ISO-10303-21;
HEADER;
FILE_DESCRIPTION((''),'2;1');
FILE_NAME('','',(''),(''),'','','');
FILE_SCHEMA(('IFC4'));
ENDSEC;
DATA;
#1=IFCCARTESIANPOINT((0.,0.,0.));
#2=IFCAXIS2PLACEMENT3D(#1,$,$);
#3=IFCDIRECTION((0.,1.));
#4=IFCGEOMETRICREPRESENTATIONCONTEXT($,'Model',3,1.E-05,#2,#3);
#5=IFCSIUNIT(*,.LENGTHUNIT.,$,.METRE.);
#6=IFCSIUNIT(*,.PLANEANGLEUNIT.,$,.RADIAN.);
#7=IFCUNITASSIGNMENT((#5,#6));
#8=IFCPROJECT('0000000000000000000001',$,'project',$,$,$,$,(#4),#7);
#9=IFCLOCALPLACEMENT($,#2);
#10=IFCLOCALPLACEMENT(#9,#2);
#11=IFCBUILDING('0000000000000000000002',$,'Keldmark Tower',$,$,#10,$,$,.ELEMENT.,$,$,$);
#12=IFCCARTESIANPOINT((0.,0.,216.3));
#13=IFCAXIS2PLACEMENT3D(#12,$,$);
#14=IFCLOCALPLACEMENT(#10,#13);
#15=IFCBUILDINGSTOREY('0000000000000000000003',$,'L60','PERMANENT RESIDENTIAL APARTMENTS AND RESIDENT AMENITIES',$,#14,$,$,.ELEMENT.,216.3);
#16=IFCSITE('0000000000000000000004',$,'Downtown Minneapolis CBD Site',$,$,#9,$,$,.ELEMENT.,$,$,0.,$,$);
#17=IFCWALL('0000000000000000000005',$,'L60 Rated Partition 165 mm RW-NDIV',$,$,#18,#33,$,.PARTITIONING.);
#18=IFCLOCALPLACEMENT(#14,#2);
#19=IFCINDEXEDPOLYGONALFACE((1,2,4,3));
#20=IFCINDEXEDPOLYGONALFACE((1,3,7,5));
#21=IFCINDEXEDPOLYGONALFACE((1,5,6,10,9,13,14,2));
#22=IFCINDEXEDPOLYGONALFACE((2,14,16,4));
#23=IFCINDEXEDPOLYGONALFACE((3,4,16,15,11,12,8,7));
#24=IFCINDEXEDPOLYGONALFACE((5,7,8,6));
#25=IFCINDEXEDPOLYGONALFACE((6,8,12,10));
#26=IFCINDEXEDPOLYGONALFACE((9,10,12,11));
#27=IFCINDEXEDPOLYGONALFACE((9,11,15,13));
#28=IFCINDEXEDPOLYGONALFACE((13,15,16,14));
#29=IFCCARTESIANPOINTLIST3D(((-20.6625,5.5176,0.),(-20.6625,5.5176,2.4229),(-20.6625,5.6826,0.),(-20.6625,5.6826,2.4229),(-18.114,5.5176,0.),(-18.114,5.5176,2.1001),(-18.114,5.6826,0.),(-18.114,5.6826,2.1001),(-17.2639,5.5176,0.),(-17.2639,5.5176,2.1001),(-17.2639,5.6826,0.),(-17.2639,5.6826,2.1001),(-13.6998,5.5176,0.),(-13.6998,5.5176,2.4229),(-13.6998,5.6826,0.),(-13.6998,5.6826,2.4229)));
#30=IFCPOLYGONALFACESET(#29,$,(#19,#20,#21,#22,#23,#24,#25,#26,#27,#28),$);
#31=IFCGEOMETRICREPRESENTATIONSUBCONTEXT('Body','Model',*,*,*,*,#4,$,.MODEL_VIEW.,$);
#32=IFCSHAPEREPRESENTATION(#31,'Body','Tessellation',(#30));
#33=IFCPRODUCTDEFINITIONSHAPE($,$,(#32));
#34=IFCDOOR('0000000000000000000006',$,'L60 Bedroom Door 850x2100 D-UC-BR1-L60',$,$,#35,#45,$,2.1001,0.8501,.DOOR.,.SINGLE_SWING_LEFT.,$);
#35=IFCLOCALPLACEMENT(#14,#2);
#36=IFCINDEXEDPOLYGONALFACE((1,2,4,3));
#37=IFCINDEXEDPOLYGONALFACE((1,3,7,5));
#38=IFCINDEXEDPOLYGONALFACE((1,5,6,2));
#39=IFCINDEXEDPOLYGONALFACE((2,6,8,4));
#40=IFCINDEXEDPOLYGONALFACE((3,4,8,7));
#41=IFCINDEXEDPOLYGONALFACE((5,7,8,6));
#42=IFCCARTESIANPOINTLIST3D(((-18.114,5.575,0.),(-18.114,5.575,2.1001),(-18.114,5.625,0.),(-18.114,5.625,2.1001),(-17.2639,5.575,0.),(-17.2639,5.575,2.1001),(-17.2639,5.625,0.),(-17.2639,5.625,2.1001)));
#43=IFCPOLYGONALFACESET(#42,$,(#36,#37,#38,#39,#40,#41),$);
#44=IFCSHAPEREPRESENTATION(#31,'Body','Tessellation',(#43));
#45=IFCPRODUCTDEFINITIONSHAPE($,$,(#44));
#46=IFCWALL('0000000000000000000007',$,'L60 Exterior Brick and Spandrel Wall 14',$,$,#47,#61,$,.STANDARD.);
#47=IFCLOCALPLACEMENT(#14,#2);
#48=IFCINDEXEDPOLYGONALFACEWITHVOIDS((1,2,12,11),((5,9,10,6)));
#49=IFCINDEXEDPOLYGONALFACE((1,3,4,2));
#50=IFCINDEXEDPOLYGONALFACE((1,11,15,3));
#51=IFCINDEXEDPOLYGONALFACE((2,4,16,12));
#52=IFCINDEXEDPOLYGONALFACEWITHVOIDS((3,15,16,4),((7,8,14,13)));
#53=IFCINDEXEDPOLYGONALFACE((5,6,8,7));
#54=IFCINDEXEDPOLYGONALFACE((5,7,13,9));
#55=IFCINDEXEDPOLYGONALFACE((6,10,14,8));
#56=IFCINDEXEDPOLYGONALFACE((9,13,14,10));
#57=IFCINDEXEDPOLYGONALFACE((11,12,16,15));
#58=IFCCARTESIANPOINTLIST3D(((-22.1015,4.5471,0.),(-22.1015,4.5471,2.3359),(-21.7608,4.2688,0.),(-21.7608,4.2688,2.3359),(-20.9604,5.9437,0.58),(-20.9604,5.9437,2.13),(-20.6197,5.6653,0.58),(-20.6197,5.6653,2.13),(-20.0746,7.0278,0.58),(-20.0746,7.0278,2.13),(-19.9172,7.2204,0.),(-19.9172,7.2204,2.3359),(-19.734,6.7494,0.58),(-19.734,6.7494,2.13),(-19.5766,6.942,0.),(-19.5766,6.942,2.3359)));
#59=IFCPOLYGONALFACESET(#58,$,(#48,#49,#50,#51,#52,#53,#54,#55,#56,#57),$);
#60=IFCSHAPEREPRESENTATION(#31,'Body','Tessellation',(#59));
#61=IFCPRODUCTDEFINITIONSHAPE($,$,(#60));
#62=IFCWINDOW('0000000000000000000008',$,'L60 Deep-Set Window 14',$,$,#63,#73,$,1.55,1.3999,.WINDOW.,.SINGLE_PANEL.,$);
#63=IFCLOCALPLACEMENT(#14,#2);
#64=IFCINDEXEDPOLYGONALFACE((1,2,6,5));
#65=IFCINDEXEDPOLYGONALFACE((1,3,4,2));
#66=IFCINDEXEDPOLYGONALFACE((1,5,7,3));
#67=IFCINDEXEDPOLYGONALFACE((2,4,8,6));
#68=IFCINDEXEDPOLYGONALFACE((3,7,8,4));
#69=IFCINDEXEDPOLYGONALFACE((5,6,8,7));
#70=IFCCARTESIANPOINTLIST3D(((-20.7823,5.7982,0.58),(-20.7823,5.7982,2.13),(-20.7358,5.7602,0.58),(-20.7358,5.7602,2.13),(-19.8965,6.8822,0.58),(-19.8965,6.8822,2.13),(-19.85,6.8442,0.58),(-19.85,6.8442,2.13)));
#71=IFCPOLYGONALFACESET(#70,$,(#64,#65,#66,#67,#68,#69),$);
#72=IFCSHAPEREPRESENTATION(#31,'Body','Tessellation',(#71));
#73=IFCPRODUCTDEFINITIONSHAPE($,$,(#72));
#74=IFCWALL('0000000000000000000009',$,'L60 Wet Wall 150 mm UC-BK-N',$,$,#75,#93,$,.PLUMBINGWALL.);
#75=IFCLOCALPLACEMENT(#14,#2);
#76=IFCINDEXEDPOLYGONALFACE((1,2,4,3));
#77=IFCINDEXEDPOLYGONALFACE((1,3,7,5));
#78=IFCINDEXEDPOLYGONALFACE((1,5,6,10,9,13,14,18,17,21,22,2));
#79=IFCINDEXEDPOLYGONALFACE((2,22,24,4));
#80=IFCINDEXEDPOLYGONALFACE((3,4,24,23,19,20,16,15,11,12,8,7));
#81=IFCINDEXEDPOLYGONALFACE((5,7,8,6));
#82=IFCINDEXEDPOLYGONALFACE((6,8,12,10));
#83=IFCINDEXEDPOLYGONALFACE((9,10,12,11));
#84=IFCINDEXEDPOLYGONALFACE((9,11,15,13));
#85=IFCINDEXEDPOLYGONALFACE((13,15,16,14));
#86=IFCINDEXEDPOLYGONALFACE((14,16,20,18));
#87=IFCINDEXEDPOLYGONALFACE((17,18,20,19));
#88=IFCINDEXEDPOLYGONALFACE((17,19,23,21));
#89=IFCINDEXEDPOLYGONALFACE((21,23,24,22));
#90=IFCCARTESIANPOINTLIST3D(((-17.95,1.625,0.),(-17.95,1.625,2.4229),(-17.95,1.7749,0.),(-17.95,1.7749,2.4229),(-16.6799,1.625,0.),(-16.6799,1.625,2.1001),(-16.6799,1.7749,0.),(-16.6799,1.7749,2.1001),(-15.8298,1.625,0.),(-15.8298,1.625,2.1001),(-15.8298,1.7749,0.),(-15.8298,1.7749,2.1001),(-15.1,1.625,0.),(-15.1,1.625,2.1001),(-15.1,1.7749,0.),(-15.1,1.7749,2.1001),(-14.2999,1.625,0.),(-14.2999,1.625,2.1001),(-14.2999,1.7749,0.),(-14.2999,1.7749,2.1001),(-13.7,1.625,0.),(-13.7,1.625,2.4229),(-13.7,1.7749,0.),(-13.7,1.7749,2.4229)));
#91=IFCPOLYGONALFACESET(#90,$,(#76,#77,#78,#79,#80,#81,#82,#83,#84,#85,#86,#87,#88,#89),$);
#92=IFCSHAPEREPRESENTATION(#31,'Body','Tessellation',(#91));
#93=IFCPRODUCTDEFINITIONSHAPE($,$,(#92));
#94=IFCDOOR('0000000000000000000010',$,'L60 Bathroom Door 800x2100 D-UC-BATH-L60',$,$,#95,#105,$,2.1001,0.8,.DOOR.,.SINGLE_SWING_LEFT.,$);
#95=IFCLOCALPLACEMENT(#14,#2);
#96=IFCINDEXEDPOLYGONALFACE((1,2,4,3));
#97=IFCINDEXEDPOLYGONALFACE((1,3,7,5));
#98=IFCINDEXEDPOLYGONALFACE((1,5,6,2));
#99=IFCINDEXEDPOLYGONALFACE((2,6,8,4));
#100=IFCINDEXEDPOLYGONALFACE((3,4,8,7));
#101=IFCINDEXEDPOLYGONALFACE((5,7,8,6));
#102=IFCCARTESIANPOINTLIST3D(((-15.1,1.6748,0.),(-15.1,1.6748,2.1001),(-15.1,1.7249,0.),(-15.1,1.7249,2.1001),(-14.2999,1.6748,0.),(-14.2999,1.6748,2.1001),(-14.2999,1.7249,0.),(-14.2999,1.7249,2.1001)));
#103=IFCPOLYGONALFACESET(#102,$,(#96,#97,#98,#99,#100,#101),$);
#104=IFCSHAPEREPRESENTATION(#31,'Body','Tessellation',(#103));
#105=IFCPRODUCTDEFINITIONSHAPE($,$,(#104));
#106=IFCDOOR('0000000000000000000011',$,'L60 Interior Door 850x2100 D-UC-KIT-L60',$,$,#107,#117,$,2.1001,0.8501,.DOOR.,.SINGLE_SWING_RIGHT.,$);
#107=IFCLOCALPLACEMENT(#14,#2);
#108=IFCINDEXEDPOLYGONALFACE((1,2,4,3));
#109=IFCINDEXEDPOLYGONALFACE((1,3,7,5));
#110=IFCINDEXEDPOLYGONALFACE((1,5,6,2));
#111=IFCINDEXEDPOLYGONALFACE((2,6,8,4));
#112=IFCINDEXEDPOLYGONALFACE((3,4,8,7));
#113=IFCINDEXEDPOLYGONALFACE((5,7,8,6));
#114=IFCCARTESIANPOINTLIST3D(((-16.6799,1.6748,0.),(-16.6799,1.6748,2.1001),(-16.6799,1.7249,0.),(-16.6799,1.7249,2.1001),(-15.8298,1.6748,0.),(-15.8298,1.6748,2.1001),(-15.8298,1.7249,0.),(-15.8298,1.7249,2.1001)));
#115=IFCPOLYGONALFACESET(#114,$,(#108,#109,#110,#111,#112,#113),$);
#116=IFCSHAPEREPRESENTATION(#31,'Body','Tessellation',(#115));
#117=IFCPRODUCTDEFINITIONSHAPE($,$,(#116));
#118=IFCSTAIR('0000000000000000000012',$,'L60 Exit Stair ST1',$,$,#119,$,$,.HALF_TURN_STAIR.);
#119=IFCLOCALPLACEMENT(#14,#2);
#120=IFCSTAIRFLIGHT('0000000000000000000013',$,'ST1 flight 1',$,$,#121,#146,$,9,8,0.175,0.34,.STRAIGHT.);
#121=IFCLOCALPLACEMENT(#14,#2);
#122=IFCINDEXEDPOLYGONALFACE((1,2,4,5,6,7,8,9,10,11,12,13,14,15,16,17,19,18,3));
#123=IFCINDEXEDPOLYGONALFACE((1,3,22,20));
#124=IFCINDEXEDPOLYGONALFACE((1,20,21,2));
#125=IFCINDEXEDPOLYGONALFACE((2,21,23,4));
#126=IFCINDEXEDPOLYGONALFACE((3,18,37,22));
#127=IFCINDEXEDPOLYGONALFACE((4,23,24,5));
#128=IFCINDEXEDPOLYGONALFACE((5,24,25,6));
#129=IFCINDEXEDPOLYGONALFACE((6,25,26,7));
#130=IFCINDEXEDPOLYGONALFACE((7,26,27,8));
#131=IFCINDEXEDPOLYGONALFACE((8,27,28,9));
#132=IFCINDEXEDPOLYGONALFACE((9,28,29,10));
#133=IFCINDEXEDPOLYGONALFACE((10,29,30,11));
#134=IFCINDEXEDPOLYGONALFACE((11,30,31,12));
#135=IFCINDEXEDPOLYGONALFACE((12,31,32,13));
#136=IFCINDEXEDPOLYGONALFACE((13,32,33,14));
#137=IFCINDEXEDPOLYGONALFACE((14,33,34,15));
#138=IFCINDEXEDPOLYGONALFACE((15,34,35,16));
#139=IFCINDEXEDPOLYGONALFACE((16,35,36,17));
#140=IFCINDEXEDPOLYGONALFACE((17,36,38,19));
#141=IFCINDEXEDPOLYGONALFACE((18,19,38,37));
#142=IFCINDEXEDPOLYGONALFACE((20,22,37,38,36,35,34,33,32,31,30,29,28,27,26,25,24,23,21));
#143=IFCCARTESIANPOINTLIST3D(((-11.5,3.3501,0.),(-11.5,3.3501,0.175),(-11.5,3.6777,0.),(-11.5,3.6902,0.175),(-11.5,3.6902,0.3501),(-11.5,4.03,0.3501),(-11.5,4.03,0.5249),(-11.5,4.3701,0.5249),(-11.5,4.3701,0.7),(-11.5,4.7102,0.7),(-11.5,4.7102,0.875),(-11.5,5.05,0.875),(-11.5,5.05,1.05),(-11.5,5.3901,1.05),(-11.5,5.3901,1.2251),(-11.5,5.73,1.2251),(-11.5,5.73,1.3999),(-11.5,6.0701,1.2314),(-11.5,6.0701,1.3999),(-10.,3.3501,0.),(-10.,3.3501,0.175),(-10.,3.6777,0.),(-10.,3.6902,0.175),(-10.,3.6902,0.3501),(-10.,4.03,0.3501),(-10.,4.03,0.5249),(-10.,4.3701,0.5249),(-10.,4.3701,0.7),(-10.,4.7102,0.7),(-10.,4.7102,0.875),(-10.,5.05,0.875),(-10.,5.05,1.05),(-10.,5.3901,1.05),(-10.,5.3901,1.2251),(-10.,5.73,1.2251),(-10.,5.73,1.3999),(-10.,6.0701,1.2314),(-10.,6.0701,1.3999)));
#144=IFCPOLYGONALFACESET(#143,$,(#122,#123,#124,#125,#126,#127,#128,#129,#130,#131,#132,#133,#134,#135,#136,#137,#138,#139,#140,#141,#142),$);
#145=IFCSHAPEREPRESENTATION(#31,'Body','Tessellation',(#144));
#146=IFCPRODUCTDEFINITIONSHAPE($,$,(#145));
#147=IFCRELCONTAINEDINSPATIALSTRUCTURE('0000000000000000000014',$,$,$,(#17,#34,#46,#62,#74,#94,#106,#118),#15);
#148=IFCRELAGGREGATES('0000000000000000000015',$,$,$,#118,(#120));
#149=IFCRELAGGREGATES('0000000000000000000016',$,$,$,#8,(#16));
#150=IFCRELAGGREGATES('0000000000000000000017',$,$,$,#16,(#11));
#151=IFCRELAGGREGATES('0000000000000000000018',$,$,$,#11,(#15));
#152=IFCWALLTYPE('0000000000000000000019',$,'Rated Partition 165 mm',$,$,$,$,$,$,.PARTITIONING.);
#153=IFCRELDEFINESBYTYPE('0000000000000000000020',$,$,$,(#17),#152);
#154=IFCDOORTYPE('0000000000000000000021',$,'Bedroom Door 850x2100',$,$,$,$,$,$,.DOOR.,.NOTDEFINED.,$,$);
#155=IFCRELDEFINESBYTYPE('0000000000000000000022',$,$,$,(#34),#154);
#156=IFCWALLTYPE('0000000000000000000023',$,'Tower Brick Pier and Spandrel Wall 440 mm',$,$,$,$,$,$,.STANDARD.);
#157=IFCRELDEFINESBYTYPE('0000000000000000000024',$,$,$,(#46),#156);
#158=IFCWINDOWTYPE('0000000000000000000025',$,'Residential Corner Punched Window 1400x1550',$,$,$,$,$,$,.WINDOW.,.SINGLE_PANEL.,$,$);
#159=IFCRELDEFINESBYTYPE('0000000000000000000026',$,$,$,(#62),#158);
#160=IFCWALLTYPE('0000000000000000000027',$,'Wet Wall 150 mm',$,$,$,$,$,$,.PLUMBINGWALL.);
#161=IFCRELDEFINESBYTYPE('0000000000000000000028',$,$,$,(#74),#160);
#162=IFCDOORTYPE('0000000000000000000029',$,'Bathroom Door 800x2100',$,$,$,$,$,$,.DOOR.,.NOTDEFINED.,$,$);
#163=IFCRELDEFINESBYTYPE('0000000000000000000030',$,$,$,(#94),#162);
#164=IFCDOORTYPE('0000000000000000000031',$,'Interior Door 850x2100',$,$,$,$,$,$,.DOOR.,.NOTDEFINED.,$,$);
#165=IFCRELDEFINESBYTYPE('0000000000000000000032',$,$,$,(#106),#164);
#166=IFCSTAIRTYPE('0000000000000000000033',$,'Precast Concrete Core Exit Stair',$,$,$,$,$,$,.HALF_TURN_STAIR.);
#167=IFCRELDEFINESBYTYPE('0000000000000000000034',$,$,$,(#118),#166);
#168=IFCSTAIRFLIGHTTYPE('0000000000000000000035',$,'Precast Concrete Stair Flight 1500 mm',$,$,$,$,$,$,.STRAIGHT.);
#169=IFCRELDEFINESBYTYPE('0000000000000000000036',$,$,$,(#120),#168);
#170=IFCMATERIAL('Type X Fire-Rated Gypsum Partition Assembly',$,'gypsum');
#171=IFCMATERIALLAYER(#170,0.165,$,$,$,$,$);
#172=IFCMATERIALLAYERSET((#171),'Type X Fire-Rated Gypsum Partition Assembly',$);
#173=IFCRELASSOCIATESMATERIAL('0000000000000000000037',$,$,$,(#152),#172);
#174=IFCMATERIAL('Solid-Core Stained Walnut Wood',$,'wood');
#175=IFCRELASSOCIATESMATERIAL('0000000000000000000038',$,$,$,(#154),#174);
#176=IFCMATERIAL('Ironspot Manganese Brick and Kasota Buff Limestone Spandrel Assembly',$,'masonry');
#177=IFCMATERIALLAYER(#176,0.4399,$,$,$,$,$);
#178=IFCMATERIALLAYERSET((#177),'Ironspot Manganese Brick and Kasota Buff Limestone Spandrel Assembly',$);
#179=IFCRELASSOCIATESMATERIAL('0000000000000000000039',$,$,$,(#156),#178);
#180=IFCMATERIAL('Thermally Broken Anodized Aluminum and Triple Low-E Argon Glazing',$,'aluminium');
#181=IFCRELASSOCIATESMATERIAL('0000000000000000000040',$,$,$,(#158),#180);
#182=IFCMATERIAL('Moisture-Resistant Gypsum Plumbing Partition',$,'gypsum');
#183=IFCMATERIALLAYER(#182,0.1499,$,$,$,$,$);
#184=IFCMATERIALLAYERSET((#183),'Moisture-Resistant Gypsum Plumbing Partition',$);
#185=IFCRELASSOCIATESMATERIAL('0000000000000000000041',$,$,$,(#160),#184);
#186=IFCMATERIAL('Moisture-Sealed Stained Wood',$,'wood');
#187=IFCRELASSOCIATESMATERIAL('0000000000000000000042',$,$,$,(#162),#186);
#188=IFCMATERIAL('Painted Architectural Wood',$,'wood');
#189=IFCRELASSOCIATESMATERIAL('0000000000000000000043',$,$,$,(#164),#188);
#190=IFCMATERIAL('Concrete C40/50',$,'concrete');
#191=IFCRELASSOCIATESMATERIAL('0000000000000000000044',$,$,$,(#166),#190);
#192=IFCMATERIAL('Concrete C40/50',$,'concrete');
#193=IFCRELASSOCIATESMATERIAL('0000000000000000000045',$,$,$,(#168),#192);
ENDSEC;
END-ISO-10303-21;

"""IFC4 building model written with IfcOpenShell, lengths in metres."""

from ifc_helpers import new_model, si_unit, direction, frame, frame_2d, origin, place, context, subcontext, project, spatial, polyline, rectangle, outline, extrude, material, layer, layer_set, type_object, element, fill, aggregate, save


model = new_model("IFC4")

# Units and contexts
model_context = context("Model", 3, precision=1e-05, world=origin(), true_north=direction((0.0, 1.0)))
body_context = subcontext(model_context, "Body", "Model", "MODEL_VIEW")
ifc_project = project(units=[si_unit("LENGTHUNIT", "METRE"), si_unit("PLANEANGLEUNIT", "RADIAN")], contexts=[model_context])

# Site, building, storey
site_placement = place(None, origin())
site = spatial("IfcSite", under=ifc_project, at=site_placement, Name="Downtown Minneapolis CBD Site", CompositionType="ELEMENT", RefElevation=0.0)
building_placement = place(site_placement, origin())
building = spatial("IfcBuilding", under=site, at=building_placement, Name="Keldmark Tower", CompositionType="ELEMENT")
storey_placement = place(building_placement, frame((0.0, 0.0, 216.3)))
storey = spatial("IfcBuildingStorey", under=building, at=storey_placement, Name="L60", Description="PERMANENT RESIDENTIAL APARTMENTS AND RESIDENT AMENITIES", CompositionType="ELEMENT", Elevation=216.3)

# Wall, opening, door
ifc_material_1 = material(Name="Type X Fire-Rated Gypsum Partition Assembly", Category="gypsum")
ifc_layer_1 = layer(ifc_material_1, 0.165)
ifc_layer_set_1 = layer_set([ifc_layer_1], Name="Type X Fire-Rated Gypsum Partition Assembly")
wall_type_1 = type_object("IfcWallType", Name="Rated Partition 165 mm", PredefinedType="PARTITIONING", material=ifc_layer_set_1)
wall_1_placement = place(storey_placement, frame((-20.6626, 5.6001, 0.0), z_axis=(0.0, 0.0, 1.0), x_axis=(1.0, 0.0, 0.0)))
wall_1 = element("IfcWall", 1, at=wall_1_placement, inside=storey, type_object=wall_type_1, Name="L60 Rated Partition 165 mm RW-NDIV", PredefinedType="PARTITIONING", context=body_context, shape_type="SweptSolid", body=[
    extrude(rectangle(XDim=6.9626, YDim=0.165, at=frame_2d((3.4814, 0.0))), origin(), (0.0, 0.0, 1.0), 2.4229),
])
opening_1_placement = place(wall_1_placement, frame((2.5486, 0.0, 0.0)))
opening_1 = element("IfcOpeningElement", 2, at=opening_1_placement, cuts=wall_1, PredefinedType="OPENING", context=body_context, shape_type="SweptSolid", body=[
    extrude(rectangle(XDim=0.8501, YDim=2.1001, at=frame_2d((0.425, 1.05))), frame((0.0, 0.0925, 0.0), z_axis=(0.0, -1.0, 0.0), x_axis=(1.0, 0.0, 0.0)), (0.0, 0.0, 1.0), 0.1851),
])
ifc_material_2 = material(Name="Solid-Core Stained Walnut Wood", Category="wood")
door_type_1 = type_object("IfcDoorType", Name="Bedroom Door 850x2100", OperationType="NOTDEFINED", PredefinedType="DOOR", material=ifc_material_2)
door_1_placement = place(opening_1_placement, origin())
door_1 = element("IfcDoor", 3, at=door_1_placement, inside=storey, type_object=door_type_1, Name="L60 Bedroom Door 850x2100 D-UC-BR1-L60", OperationType="SINGLE_SWING_LEFT", OverallHeight=2.1001, OverallWidth=0.8501, PredefinedType="DOOR", context=body_context, shape_type="SweptSolid", body=[
    extrude(rectangle(XDim=0.8501, YDim=2.1001, at=frame_2d((0.425, 1.05))), frame((0.0, 0.0249, 0.0), z_axis=(0.0, -1.0, 0.0), x_axis=(1.0, 0.0, 0.0)), (0.0, 0.0, 1.0), 0.05),
])
fill(opening_1, door_1)

# Wall, opening, window
ifc_material_3 = material(Name="Ironspot Manganese Brick and Kasota Buff Limestone Spandrel Assembly", Category="masonry")
ifc_layer_2 = layer(ifc_material_3, 0.4399)
ifc_layer_set_2 = layer_set([ifc_layer_2], Name="Ironspot Manganese Brick and Kasota Buff Limestone Spandrel Assembly")
wall_type_2 = type_object("IfcWallType", Name="Tower Brick Pier and Spandrel Wall 440 mm", PredefinedType="STANDARD", material=ifc_layer_set_2)
wall_2_placement = place(storey_placement, frame((-21.9312, 4.408, 0.0), z_axis=(0.0, 0.0, 1.0), x_axis=(0.632725, 0.774376, 0.0)))
wall_2 = element("IfcWall", 4, at=wall_2_placement, inside=storey, type_object=wall_type_2, Name="L60 Exterior Brick and Spandrel Wall 14", PredefinedType="STANDARD", context=body_context, shape_type="SweptSolid", body=[
    extrude(rectangle(XDim=3.4521, YDim=0.4399, at=frame_2d((1.7261, 0.0))), origin(), (0.0, 0.0, 1.0), 2.3359),
])
opening_2_placement = place(wall_2_placement, frame((1.8035, 0.0, 0.5801)))
opening_2 = element("IfcOpeningElement", 5, at=opening_2_placement, cuts=wall_2, PredefinedType="OPENING", context=body_context, shape_type="SweptSolid", body=[
    extrude(rectangle(XDim=1.3999, YDim=1.55, at=frame_2d((0.7, 0.7749))), frame((0.0, 0.23, 0.0), z_axis=(0.0, -1.0, 0.0), x_axis=(1.0, 0.0, 0.0)), (0.0, 0.0, 1.0), 0.46),
])
ifc_material_4 = material(Name="Thermally Broken Anodized Aluminum and Triple Low-E Argon Glazing", Category="aluminium")
window_type = type_object("IfcWindowType", Name="Residential Corner Punched Window 1400x1550", PartitioningType="SINGLE_PANEL", PredefinedType="WINDOW", material=ifc_material_4)
window_placement = place(opening_2_placement, origin())
window = element("IfcWindow", 6, at=window_placement, inside=storey, type_object=window_type, Name="L60 Deep-Set Window 14", OverallHeight=1.55, OverallWidth=1.3999, PartitioningType="SINGLE_PANEL", PredefinedType="WINDOW", context=body_context, shape_type="SweptSolid", body=[
    extrude(rectangle(XDim=1.3999, YDim=1.55, at=frame_2d((0.7, 0.7749))), frame((0.0, -0.01, 0.0), z_axis=(0.0, -1.0, 0.0), x_axis=(1.0, 0.0, 0.0)), (0.0, 0.0, 1.0), 0.0601),
])
fill(opening_2, window)

# Wall, openings, doors
ifc_material_5 = material(Name="Moisture-Resistant Gypsum Plumbing Partition", Category="gypsum")
ifc_layer_3 = layer(ifc_material_5, 0.1499)
ifc_layer_set_3 = layer_set([ifc_layer_3], Name="Moisture-Resistant Gypsum Plumbing Partition")
wall_type_3 = type_object("IfcWallType", Name="Wet Wall 150 mm", PredefinedType="PLUMBINGWALL", material=ifc_layer_set_3)
wall_3_placement = place(storey_placement, frame((-17.95, 1.7, 0.0), z_axis=(0.0, 0.0, 1.0), x_axis=(1.0, 0.0, 0.0)))
wall_3 = element("IfcWall", 7, at=wall_3_placement, inside=storey, type_object=wall_type_3, Name="L60 Wet Wall 150 mm UC-BK-N", PredefinedType="PLUMBINGWALL", context=body_context, shape_type="SweptSolid", body=[
    extrude(rectangle(XDim=4.25, YDim=0.1499, at=frame_2d((2.125, 0.0))), origin(), (0.0, 0.0, 1.0), 2.4229),
])
opening_3_placement = place(wall_3_placement, frame((2.8501, 0.0, 0.0)))
opening_3 = element("IfcOpeningElement", 8, at=opening_3_placement, cuts=wall_3, PredefinedType="OPENING", context=body_context, shape_type="SweptSolid", body=[
    extrude(rectangle(XDim=0.8, YDim=2.1001, at=frame_2d((0.3999, 1.05))), frame((0.0, 0.085, 0.0), z_axis=(0.0, -1.0, 0.0), x_axis=(1.0, 0.0, 0.0)), (0.0, 0.0, 1.0), 0.1699),
])
opening_4_placement = place(wall_3_placement, frame((1.27, 0.0, 0.0)))
opening_4 = element("IfcOpeningElement", 9, at=opening_4_placement, cuts=wall_3, PredefinedType="OPENING", context=body_context, shape_type="SweptSolid", body=[
    extrude(rectangle(XDim=0.8501, YDim=2.1001, at=frame_2d((0.425, 1.05))), frame((0.0, 0.085, 0.0), z_axis=(0.0, -1.0, 0.0), x_axis=(1.0, 0.0, 0.0)), (0.0, 0.0, 1.0), 0.1699),
])
ifc_material_6 = material(Name="Moisture-Sealed Stained Wood", Category="wood")
door_type_2 = type_object("IfcDoorType", Name="Bathroom Door 800x2100", OperationType="NOTDEFINED", PredefinedType="DOOR", material=ifc_material_6)
door_2_placement = place(opening_3_placement, origin())
door_2 = element("IfcDoor", 10, at=door_2_placement, inside=storey, type_object=door_type_2, Name="L60 Bathroom Door 800x2100 D-UC-BATH-L60", OperationType="SINGLE_SWING_LEFT", OverallHeight=2.1001, OverallWidth=0.8, PredefinedType="DOOR", context=body_context, shape_type="SweptSolid", body=[
    extrude(rectangle(XDim=0.8, YDim=2.1001, at=frame_2d((0.3999, 1.05))), frame((0.0, 0.0249, 0.0), z_axis=(0.0, -1.0, 0.0), x_axis=(1.0, 0.0, 0.0)), (0.0, 0.0, 1.0), 0.05),
])
fill(opening_3, door_2)
ifc_material_7 = material(Name="Painted Architectural Wood", Category="wood")
door_type_3 = type_object("IfcDoorType", Name="Interior Door 850x2100", OperationType="NOTDEFINED", PredefinedType="DOOR", material=ifc_material_7)
door_3_placement = place(opening_4_placement, origin())
door_3 = element("IfcDoor", 11, at=door_3_placement, inside=storey, type_object=door_type_3, Name="L60 Interior Door 850x2100 D-UC-KIT-L60", OperationType="SINGLE_SWING_RIGHT", OverallHeight=2.1001, OverallWidth=0.8501, PredefinedType="DOOR", context=body_context, shape_type="SweptSolid", body=[
    extrude(rectangle(XDim=0.8501, YDim=2.1001, at=frame_2d((0.425, 1.05))), frame((0.0, 0.0249, 0.0), z_axis=(0.0, -1.0, 0.0), x_axis=(1.0, 0.0, 0.0)), (0.0, 0.0, 1.0), 0.05),
])
fill(opening_4, door_3)

# Stair, stair flight
ifc_material_8 = material(Name="Concrete C40/50", Category="concrete")
stair_type = type_object("IfcStairType", Name="Precast Concrete Core Exit Stair", PredefinedType="HALF_TURN_STAIR", material=ifc_material_8)
stair_placement = place(storey_placement, origin())
stair = element("IfcStair", 12, at=stair_placement, inside=storey, type_object=stair_type, Name="L60 Exit Stair ST1", PredefinedType="HALF_TURN_STAIR")
ifc_material_9 = material(Name="Concrete C40/50", Category="concrete")
stair_flight_type = type_object("IfcStairFlightType", Name="Precast Concrete Stair Flight 1500 mm", PredefinedType="STRAIGHT", material=ifc_material_9)
stair_flight_1_placement = place(storey_placement, frame((-10.75, 3.3501, 0.0), z_axis=(0.0, 0.0, 1.0), x_axis=(0.0, 1.0, 0.0)))
stair_flight_1 = element("IfcStairFlight", 13, at=stair_flight_1_placement, type_object=stair_flight_type, Name="ST1 flight 1", NumberOfRisers=9, NumberOfTreads=8, PredefinedType="STRAIGHT", RiserHeight=0.175, TreadLength=0.34, context=body_context, shape_type="SweptSolid", body=[
    extrude(outline(polyline([(0.0, 0.0), (0.0, 0.175), (0.3401, 0.175), (0.3401, 0.3501), (0.6799, 0.3501), (0.6799, 0.5249), (1.02, 0.5249), (1.02, 0.7), (1.3601, 0.7), (1.3601, 0.875), (1.7, 0.875), (1.7, 1.05), (2.04, 1.05), (2.04, 1.2251), (2.3799, 1.2251), (2.3799, 1.3999), (2.72, 1.3999), (2.72, 1.575), (2.72, 1.2314), (0.3276, 0.0), (0.0, 0.0)])), frame((0.0, 0.75, 0.0), z_axis=(0.0, -1.0, 0.0), x_axis=(1.0, 0.0, 0.0)), (0.0, 0.0, 1.0), 1.5),
])
aggregate(stair, [stair_flight_1])

save(model, "model.ifc")
